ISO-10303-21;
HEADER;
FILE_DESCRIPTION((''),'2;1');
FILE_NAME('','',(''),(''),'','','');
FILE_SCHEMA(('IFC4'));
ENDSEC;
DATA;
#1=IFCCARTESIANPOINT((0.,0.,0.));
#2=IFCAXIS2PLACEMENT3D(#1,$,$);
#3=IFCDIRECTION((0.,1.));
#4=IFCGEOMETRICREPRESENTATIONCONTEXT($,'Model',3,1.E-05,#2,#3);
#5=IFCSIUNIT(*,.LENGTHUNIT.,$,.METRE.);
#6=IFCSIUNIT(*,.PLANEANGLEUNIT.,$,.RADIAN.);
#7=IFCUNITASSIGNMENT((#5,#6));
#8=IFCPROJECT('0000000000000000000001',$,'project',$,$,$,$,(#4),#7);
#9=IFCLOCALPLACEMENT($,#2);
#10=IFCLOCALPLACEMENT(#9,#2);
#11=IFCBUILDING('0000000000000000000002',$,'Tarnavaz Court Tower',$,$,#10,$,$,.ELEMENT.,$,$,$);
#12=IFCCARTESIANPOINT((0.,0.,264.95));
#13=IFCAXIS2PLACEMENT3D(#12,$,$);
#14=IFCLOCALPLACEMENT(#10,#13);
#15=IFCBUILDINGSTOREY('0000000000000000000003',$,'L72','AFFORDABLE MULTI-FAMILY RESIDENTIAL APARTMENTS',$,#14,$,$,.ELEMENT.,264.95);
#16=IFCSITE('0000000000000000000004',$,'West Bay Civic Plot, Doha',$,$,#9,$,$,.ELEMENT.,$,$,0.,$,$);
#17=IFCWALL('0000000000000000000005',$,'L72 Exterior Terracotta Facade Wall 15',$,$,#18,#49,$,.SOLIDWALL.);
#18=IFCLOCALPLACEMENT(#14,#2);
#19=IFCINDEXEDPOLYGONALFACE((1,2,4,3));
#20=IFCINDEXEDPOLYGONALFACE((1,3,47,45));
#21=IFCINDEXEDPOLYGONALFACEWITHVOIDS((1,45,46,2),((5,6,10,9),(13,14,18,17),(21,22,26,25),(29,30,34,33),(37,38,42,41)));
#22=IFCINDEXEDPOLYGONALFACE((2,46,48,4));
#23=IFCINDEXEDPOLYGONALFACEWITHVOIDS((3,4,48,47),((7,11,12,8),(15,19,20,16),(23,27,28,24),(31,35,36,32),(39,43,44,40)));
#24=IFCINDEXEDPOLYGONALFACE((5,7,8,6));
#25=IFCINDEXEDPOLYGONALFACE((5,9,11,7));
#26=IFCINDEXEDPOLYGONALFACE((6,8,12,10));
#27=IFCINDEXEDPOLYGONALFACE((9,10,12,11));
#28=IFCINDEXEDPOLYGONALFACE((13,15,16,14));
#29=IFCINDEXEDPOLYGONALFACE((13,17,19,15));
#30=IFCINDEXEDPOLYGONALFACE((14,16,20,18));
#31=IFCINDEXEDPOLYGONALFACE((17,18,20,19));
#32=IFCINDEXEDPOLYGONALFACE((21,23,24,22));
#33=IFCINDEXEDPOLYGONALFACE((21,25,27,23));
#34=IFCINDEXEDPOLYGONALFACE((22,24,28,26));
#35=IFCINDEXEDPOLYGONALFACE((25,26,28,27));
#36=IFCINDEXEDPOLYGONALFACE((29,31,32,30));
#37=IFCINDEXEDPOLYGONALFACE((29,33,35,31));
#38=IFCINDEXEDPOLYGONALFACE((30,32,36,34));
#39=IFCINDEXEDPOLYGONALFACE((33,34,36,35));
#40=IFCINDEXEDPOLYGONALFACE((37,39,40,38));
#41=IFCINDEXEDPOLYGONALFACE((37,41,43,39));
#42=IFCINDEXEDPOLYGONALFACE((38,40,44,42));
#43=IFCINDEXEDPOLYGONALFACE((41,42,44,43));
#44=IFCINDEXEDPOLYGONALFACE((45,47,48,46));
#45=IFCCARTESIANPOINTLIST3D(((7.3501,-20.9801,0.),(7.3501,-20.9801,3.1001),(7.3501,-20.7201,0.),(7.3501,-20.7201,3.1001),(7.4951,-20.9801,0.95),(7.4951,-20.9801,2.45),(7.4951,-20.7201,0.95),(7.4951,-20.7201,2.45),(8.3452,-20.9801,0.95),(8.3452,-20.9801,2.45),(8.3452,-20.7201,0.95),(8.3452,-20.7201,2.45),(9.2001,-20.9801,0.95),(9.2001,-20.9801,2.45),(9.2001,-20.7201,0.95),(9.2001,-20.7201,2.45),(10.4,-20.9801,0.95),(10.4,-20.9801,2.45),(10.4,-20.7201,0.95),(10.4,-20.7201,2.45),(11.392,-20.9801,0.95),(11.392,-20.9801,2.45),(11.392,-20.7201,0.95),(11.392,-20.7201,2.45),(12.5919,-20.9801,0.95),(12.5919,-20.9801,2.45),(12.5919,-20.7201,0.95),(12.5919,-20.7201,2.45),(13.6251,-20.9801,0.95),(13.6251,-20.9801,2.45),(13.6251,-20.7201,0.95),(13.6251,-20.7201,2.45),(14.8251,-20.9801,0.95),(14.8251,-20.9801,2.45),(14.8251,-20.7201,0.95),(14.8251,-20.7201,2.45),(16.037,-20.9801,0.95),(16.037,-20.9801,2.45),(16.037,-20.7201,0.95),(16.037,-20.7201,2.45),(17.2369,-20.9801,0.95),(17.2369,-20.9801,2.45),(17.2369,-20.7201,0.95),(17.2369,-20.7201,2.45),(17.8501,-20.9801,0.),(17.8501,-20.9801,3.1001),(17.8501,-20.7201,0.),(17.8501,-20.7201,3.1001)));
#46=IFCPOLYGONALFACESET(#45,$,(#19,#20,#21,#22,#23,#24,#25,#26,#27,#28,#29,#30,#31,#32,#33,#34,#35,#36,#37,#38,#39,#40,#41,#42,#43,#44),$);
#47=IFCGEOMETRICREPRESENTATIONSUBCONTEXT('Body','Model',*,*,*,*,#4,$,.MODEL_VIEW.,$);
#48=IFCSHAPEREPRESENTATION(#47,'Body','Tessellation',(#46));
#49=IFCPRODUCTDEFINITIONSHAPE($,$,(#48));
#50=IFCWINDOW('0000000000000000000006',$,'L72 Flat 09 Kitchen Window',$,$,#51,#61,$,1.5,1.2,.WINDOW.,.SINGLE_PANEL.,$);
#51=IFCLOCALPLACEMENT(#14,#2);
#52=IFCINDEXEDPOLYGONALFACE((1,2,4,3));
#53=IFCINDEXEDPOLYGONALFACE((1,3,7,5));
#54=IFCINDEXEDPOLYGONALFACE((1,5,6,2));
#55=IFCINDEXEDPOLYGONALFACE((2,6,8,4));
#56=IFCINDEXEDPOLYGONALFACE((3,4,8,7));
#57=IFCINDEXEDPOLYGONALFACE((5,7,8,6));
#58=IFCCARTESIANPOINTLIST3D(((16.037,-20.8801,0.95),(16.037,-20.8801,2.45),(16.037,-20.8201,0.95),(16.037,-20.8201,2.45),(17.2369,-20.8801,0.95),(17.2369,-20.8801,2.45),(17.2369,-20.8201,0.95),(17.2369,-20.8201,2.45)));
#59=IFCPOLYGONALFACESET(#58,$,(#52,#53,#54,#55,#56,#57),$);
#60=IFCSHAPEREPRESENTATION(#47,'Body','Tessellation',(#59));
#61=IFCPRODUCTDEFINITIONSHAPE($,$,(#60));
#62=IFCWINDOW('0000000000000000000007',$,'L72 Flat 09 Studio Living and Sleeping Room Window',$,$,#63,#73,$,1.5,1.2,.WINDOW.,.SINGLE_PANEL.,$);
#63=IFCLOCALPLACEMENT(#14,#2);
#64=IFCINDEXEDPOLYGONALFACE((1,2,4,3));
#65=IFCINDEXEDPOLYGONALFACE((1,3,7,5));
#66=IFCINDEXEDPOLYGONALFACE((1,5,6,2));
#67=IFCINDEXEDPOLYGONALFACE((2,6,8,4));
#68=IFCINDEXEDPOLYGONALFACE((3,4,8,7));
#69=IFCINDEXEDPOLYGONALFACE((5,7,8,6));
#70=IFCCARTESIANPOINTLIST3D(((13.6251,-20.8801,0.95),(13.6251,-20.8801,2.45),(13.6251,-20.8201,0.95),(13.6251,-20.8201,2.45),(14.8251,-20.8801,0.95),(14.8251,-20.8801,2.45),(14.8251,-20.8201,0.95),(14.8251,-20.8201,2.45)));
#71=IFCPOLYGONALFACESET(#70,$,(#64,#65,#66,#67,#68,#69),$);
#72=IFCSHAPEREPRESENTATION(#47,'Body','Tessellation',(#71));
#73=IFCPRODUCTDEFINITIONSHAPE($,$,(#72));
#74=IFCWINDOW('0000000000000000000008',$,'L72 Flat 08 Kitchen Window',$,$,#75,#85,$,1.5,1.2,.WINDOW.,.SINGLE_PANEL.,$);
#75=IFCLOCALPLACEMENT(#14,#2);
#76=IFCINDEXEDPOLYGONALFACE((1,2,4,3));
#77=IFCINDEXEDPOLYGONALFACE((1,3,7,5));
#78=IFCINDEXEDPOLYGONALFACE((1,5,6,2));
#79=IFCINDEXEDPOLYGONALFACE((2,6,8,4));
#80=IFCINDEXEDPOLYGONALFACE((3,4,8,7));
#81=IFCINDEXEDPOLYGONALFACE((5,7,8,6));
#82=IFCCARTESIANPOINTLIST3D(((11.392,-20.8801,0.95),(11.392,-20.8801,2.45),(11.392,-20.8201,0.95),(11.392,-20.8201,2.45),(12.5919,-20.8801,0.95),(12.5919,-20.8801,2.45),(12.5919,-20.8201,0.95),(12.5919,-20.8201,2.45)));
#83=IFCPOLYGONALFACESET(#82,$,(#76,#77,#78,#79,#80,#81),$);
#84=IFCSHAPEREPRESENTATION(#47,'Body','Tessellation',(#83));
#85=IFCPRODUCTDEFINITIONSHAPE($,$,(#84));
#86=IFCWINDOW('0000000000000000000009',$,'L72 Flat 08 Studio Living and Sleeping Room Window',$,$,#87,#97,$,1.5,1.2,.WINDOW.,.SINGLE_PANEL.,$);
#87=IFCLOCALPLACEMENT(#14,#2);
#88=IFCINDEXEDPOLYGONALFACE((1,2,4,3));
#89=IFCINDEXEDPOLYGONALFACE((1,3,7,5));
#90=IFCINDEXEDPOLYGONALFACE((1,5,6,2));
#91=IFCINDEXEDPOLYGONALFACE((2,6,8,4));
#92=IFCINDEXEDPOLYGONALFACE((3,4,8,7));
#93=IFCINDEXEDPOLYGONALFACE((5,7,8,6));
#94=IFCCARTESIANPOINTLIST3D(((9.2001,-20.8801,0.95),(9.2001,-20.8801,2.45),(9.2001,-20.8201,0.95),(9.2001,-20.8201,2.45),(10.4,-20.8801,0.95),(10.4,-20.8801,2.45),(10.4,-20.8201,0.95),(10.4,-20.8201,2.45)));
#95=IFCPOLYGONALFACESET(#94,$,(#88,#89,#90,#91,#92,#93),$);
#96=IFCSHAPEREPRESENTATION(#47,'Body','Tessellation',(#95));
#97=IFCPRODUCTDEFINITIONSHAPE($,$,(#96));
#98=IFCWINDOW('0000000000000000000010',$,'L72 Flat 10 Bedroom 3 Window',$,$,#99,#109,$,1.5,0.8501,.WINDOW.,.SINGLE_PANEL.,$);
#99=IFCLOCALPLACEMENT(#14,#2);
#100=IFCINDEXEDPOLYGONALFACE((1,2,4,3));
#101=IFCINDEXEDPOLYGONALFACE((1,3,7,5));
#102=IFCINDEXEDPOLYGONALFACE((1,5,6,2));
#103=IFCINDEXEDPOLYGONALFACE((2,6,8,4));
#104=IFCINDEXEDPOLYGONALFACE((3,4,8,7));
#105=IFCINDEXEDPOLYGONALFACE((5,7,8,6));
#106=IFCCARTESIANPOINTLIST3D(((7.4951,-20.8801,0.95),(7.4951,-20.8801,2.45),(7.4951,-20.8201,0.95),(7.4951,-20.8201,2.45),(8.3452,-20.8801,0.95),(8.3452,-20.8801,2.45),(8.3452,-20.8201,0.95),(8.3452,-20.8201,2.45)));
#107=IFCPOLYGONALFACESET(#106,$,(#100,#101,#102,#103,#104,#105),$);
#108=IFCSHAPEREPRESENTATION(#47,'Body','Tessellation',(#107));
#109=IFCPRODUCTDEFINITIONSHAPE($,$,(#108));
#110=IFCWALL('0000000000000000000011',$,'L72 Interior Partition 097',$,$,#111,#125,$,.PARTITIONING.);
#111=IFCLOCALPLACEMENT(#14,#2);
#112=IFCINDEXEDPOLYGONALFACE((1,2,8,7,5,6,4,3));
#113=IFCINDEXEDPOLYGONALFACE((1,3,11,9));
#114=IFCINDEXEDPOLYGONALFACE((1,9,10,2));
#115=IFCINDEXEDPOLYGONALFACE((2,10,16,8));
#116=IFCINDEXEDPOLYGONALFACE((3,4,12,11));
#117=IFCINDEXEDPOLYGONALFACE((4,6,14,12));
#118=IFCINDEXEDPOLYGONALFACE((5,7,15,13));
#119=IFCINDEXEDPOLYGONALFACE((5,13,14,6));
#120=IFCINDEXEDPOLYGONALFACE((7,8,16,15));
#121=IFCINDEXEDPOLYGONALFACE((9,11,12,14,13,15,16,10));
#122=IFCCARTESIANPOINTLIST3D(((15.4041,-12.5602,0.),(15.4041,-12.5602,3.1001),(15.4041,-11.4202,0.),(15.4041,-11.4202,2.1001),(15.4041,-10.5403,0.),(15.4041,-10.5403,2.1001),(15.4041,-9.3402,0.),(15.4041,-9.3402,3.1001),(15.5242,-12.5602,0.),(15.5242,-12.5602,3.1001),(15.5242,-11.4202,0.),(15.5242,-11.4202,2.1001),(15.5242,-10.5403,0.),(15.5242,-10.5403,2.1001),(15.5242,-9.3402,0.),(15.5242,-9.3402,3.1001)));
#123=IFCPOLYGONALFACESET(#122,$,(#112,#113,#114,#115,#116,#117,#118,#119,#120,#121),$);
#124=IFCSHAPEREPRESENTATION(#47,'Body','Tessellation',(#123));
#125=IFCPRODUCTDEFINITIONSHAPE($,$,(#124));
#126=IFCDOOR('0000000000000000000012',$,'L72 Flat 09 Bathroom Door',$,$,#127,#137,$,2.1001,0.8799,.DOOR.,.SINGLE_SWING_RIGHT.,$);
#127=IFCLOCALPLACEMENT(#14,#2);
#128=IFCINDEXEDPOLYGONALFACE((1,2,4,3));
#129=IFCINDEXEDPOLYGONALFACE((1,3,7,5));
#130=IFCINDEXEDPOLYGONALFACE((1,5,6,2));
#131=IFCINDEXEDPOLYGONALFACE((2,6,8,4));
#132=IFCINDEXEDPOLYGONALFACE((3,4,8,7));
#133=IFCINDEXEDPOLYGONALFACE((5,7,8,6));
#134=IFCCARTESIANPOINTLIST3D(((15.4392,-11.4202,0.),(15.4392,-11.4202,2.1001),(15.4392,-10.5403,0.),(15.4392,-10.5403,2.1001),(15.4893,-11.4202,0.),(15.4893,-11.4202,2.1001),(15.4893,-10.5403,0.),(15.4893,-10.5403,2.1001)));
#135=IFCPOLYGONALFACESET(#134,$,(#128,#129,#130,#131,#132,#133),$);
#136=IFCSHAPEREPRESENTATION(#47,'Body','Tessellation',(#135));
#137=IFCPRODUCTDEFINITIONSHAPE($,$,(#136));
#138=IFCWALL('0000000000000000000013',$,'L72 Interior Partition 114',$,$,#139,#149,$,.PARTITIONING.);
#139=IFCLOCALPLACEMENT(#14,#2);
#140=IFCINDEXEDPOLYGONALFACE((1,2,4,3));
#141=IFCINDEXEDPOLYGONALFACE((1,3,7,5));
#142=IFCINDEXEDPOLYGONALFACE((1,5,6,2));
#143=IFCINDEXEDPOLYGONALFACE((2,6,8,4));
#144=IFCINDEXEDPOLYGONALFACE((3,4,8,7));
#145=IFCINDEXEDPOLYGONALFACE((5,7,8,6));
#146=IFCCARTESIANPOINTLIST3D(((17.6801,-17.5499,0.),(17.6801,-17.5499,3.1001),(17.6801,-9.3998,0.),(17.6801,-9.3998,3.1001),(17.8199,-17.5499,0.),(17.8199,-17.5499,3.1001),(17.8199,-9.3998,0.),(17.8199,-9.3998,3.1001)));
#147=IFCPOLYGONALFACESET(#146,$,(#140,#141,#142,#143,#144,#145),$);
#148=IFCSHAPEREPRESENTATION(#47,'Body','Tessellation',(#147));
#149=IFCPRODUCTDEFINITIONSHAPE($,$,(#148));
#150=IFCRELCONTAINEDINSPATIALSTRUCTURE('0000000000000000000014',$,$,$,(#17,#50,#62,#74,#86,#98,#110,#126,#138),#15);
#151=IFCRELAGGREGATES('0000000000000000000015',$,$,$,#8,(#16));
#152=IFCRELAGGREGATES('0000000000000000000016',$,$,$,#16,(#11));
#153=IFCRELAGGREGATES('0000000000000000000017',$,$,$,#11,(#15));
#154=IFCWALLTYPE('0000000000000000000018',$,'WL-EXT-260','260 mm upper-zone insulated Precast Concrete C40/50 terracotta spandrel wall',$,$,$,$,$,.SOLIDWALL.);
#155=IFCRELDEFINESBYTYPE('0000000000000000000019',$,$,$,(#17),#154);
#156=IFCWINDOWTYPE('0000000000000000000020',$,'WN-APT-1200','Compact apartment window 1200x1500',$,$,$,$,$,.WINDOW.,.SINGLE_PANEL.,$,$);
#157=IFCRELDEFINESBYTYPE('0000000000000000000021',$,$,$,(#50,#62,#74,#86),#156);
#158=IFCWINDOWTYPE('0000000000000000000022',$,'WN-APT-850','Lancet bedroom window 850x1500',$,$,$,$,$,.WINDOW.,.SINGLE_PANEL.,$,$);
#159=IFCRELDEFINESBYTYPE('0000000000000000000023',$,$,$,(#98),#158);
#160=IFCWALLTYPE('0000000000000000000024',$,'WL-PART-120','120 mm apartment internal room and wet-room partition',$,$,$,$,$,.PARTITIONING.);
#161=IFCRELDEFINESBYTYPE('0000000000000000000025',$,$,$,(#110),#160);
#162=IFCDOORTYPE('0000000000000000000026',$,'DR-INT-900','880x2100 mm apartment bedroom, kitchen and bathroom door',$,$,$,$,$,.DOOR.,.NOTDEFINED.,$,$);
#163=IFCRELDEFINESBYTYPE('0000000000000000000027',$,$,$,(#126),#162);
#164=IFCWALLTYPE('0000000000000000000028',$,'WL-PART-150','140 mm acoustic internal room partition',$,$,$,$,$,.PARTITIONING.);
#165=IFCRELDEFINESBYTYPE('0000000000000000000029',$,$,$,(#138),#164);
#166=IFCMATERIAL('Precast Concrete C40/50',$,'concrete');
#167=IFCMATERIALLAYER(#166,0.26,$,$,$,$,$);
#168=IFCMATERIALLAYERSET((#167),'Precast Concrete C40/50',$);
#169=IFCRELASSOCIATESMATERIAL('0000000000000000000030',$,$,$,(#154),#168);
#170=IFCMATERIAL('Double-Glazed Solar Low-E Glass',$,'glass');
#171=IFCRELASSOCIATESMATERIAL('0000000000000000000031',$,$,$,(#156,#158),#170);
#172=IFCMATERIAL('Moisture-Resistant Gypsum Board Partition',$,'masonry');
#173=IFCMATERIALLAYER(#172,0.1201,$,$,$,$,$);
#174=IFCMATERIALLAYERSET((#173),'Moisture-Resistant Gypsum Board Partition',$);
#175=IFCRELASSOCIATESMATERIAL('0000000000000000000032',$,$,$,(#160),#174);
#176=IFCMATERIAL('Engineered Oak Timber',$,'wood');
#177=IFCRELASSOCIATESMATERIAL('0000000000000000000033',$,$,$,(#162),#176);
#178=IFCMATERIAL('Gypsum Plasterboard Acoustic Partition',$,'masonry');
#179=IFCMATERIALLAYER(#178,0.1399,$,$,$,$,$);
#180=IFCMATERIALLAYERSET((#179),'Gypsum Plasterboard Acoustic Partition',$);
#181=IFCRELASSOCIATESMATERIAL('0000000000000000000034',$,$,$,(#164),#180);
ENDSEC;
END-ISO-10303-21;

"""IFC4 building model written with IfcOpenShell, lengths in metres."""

from ifc_helpers import new_model, si_unit, direction, frame, frame_2d, origin, place, context, subcontext, project, spatial, rectangle, extrude, material, layer, layer_set, type_object, element, fill, save


model = new_model("IFC4")

# Units and contexts
model_context = context("Model", 3, precision=1e-05, world=origin(), true_north=direction((0.0, 1.0)))
body_context = subcontext(model_context, "Body", "Model", "MODEL_VIEW")
ifc_project = project(units=[si_unit("LENGTHUNIT", "METRE"), si_unit("PLANEANGLEUNIT", "RADIAN")], contexts=[model_context])

# Site, building, storey
site_placement = place(None, origin())
site = spatial("IfcSite", under=ifc_project, at=site_placement, Name="West Bay Civic Plot, Doha", CompositionType="ELEMENT", RefElevation=0.0)
building_placement = place(site_placement, origin())
building = spatial("IfcBuilding", under=site, at=building_placement, Name="Tarnavaz Court Tower", CompositionType="ELEMENT")
storey_placement = place(building_placement, frame((0.0, 0.0, 264.95)))
storey = spatial("IfcBuildingStorey", under=building, at=storey_placement, Name="L72", Description="AFFORDABLE MULTI-FAMILY RESIDENTIAL APARTMENTS", CompositionType="ELEMENT", Elevation=264.95)

# Shared definitions
ifc_material_1 = material(Name="Precast Concrete C40/50", Category="concrete")
ifc_layer_1 = layer(ifc_material_1, 0.26)
ifc_layer_set_1 = layer_set([ifc_layer_1], Name="Precast Concrete C40/50")
wall_type_1 = type_object("IfcWallType", Name="WL-EXT-260", Description="260 mm upper-zone insulated Precast Concrete C40/50 terracotta spandrel wall", PredefinedType="SOLIDWALL", material=ifc_layer_set_1)
ifc_material_2 = material(Name="Double-Glazed Solar Low-E Glass", Category="glass")

# Wall, openings, windows
wall_1_placement = place(storey_placement, frame((17.8501, -20.8501, 0.0), z_axis=(0.0, 0.0, 1.0), x_axis=(-1.0, 0.0, 0.0)))
wall_1 = element("IfcWall", 1, at=wall_1_placement, inside=storey, type_object=wall_type_1, Name="L72 Exterior Terracotta Facade Wall 15", PredefinedType="SOLIDWALL", context=body_context, shape_type="SweptSolid", body=[
    extrude(rectangle(XDim=10.5, YDim=0.26, at=frame_2d((5.25, 0.0))), origin(), (0.0, 0.0, 1.0), 3.1001),
])
opening_1_placement = place(wall_1_placement, frame((0.613, 0.0, 0.95)))
opening_1 = element("IfcOpeningElement", 2, at=opening_1_placement, cuts=wall_1, PredefinedType="OPENING", context=body_context, shape_type="SweptSolid", body=[
    extrude(rectangle(XDim=1.2, YDim=1.5, at=frame_2d((0.6001, 0.75))), frame((0.0, 0.1399, 0.0), z_axis=(0.0, -1.0, 0.0), x_axis=(1.0, 0.0, 0.0)), (0.0, 0.0, 1.0), 0.28),
])
opening_2_placement = place(wall_1_placement, frame((3.0249, 0.0, 0.95)))
opening_2 = element("IfcOpeningElement", 3, at=opening_2_placement, cuts=wall_1, PredefinedType="OPENING", context=body_context, shape_type="SweptSolid", body=[
    extrude(rectangle(XDim=1.2, YDim=1.5, at=frame_2d((0.6001, 0.75))), frame((0.0, 0.1399, 0.0), z_axis=(0.0, -1.0, 0.0), x_axis=(1.0, 0.0, 0.0)), (0.0, 0.0, 1.0), 0.28),
])
opening_3_placement = place(wall_1_placement, frame((5.2581, 0.0, 0.95)))
opening_3 = element("IfcOpeningElement", 4, at=opening_3_placement, cuts=wall_1, PredefinedType="OPENING", context=body_context, shape_type="SweptSolid", body=[
    extrude(rectangle(XDim=1.2, YDim=1.5, at=frame_2d((0.6001, 0.75))), frame((0.0, 0.1399, 0.0), z_axis=(0.0, -1.0, 0.0), x_axis=(1.0, 0.0, 0.0)), (0.0, 0.0, 1.0), 0.28),
])
opening_4_placement = place(wall_1_placement, frame((7.45, 0.0, 0.95)))
opening_4 = element("IfcOpeningElement", 5, at=opening_4_placement, cuts=wall_1, PredefinedType="OPENING", context=body_context, shape_type="SweptSolid", body=[
    extrude(rectangle(XDim=1.2, YDim=1.5, at=frame_2d((0.6001, 0.75))), frame((0.0, 0.1399, 0.0), z_axis=(0.0, -1.0, 0.0), x_axis=(1.0, 0.0, 0.0)), (0.0, 0.0, 1.0), 0.28),
])
opening_5_placement = place(wall_1_placement, frame((9.5049, 0.0, 0.95)))
opening_5 = element("IfcOpeningElement", 6, at=opening_5_placement, cuts=wall_1, PredefinedType="OPENING", context=body_context, shape_type="SweptSolid", body=[
    extrude(rectangle(XDim=0.8501, YDim=1.5, at=frame_2d((0.425, 0.75))), frame((0.0, 0.1399, 0.0), z_axis=(0.0, -1.0, 0.0), x_axis=(1.0, 0.0, 0.0)), (0.0, 0.0, 1.0), 0.28),
])
window_type_1 = type_object("IfcWindowType", Name="WN-APT-1200", Description="Compact apartment window 1200x1500", PartitioningType="SINGLE_PANEL", PredefinedType="WINDOW", material=ifc_material_2)
window_1_placement = place(opening_1_placement, origin())
window_1 = element("IfcWindow", 7, at=window_1_placement, inside=storey, type_object=window_type_1, Name="L72 Flat 09 Kitchen Window", OverallHeight=1.5, OverallWidth=1.2, PartitioningType="SINGLE_PANEL", PredefinedType="WINDOW", context=body_context, shape_type="SweptSolid", body=[
    extrude(rectangle(XDim=1.2, YDim=1.5, at=frame_2d((0.6001, 0.75))), frame((0.0, 0.03, 0.0), z_axis=(0.0, -1.0, 0.0), x_axis=(1.0, 0.0, 0.0)), (0.0, 0.0, 1.0), 0.0601),
])
fill(opening_1, window_1)
window_2_placement = place(opening_2_placement, origin())
window_2 = element("IfcWindow", 8, at=window_2_placement, inside=storey, type_object=window_type_1, Name="L72 Flat 09 Studio Living and Sleeping Room Window", OverallHeight=1.5, OverallWidth=1.2, PartitioningType="SINGLE_PANEL", PredefinedType="WINDOW", context=body_context, shape_type="SweptSolid", body=[
    extrude(rectangle(XDim=1.2, YDim=1.5, at=frame_2d((0.6001, 0.75))), frame((0.0, 0.03, 0.0), z_axis=(0.0, -1.0, 0.0), x_axis=(1.0, 0.0, 0.0)), (0.0, 0.0, 1.0), 0.0601),
])
fill(opening_2, window_2)
window_3_placement = place(opening_3_placement, origin())
window_3 = element("IfcWindow", 9, at=window_3_placement, inside=storey, type_object=window_type_1, Name="L72 Flat 08 Kitchen Window", OverallHeight=1.5, OverallWidth=1.2, PartitioningType="SINGLE_PANEL", PredefinedType="WINDOW", context=body_context, shape_type="SweptSolid", body=[
    extrude(rectangle(XDim=1.2, YDim=1.5, at=frame_2d((0.6001, 0.75))), frame((0.0, 0.03, 0.0), z_axis=(0.0, -1.0, 0.0), x_axis=(1.0, 0.0, 0.0)), (0.0, 0.0, 1.0), 0.0601),
])
fill(opening_3, window_3)
window_4_placement = place(opening_4_placement, origin())
window_4 = element("IfcWindow", 10, at=window_4_placement, inside=storey, type_object=window_type_1, Name="L72 Flat 08 Studio Living and Sleeping Room Window", OverallHeight=1.5, OverallWidth=1.2, PartitioningType="SINGLE_PANEL", PredefinedType="WINDOW", context=body_context, shape_type="SweptSolid", body=[
    extrude(rectangle(XDim=1.2, YDim=1.5, at=frame_2d((0.6001, 0.75))), frame((0.0, 0.03, 0.0), z_axis=(0.0, -1.0, 0.0), x_axis=(1.0, 0.0, 0.0)), (0.0, 0.0, 1.0), 0.0601),
])
fill(opening_4, window_4)
window_type_2 = type_object("IfcWindowType", Name="WN-APT-850", Description="Lancet bedroom window 850x1500", PartitioningType="SINGLE_PANEL", PredefinedType="WINDOW", material=ifc_material_2)
window_5_placement = place(opening_5_placement, origin())
window_5 = element("IfcWindow", 11, at=window_5_placement, inside=storey, type_object=window_type_2, Name="L72 Flat 10 Bedroom 3 Window", OverallHeight=1.5, OverallWidth=0.8501, PartitioningType="SINGLE_PANEL", PredefinedType="WINDOW", context=body_context, shape_type="SweptSolid", body=[
    extrude(rectangle(XDim=0.8501, YDim=1.5, at=frame_2d((0.425, 0.75))), frame((0.0, 0.03, 0.0), z_axis=(0.0, -1.0, 0.0), x_axis=(1.0, 0.0, 0.0)), (0.0, 0.0, 1.0), 0.0601),
])
fill(opening_5, window_5)

# Wall, opening, door
ifc_material_3 = material(Name="Moisture-Resistant Gypsum Board Partition", Category="masonry")
ifc_layer_2 = layer(ifc_material_3, 0.1201)
ifc_layer_set_2 = layer_set([ifc_layer_2], Name="Moisture-Resistant Gypsum Board Partition")
wall_type_2 = type_object("IfcWallType", Name="WL-PART-120", Description="120 mm apartment internal room and wet-room partition", PredefinedType="PARTITIONING", material=ifc_layer_set_2)
wall_2_placement = place(storey_placement, frame((15.4641, -12.5601, 0.0), z_axis=(0.0, 0.0, 1.0), x_axis=(0.0, 1.0, 0.0)))
wall_2 = element("IfcWall", 12, at=wall_2_placement, inside=storey, type_object=wall_type_2, Name="L72 Interior Partition 097", PredefinedType="PARTITIONING", context=body_context, shape_type="SweptSolid", body=[
    extrude(rectangle(XDim=3.22, YDim=0.1201, at=frame_2d((1.6099, 0.0))), origin(), (0.0, 0.0, 1.0), 3.1001),
])
opening_6_placement = place(wall_2_placement, frame((1.1399, 0.0, 0.0)))
opening_6 = element("IfcOpeningElement", 13, at=opening_6_placement, cuts=wall_2, PredefinedType="OPENING", context=body_context, shape_type="SweptSolid", body=[
    extrude(rectangle(XDim=0.8799, YDim=2.1001, at=frame_2d((0.4399, 1.05))), frame((0.0, 0.0701, 0.0), z_axis=(0.0, -1.0, 0.0), x_axis=(1.0, 0.0, 0.0)), (0.0, 0.0, 1.0), 0.1401),
])
ifc_material_4 = material(Name="Engineered Oak Timber", Category="wood")
door_type = type_object("IfcDoorType", Name="DR-INT-900", Description="880x2100 mm apartment bedroom, kitchen and bathroom door", OperationType="NOTDEFINED", PredefinedType="DOOR", material=ifc_material_4)
door_placement = place(opening_6_placement, origin())
door = element("IfcDoor", 14, at=door_placement, inside=storey, type_object=door_type, Name="L72 Flat 09 Bathroom Door", OperationType="SINGLE_SWING_RIGHT", OverallHeight=2.1001, OverallWidth=0.8799, PredefinedType="DOOR", context=body_context, shape_type="SweptSolid", body=[
    extrude(rectangle(XDim=0.8799, YDim=2.1001, at=frame_2d((0.4399, 1.05))), frame((0.0, 0.0249, 0.0), z_axis=(0.0, -1.0, 0.0), x_axis=(1.0, 0.0, 0.0)), (0.0, 0.0, 1.0), 0.05),
])
fill(opening_6, door)

# Wall
ifc_material_5 = material(Name="Gypsum Plasterboard Acoustic Partition", Category="masonry")
ifc_layer_3 = layer(ifc_material_5, 0.1399)
ifc_layer_set_3 = layer_set([ifc_layer_3], Name="Gypsum Plasterboard Acoustic Partition")
wall_type_3 = type_object("IfcWallType", Name="WL-PART-150", Description="140 mm acoustic internal room partition", PredefinedType="PARTITIONING", material=ifc_layer_set_3)
wall_3_placement = place(storey_placement, frame((17.75, -17.55, 0.0), z_axis=(0.0, 0.0, 1.0), x_axis=(0.0, 1.0, 0.0)))
element("IfcWall", 15, at=wall_3_placement, inside=storey, type_object=wall_type_3, Name="L72 Interior Partition 114", PredefinedType="PARTITIONING", context=body_context, shape_type="SweptSolid", body=[
    extrude(rectangle(XDim=8.1501, YDim=0.1399, at=frame_2d((4.0752, 0.0))), origin(), (0.0, 0.0, 1.0), 3.1001),
])

save(model, "model.ifc")
